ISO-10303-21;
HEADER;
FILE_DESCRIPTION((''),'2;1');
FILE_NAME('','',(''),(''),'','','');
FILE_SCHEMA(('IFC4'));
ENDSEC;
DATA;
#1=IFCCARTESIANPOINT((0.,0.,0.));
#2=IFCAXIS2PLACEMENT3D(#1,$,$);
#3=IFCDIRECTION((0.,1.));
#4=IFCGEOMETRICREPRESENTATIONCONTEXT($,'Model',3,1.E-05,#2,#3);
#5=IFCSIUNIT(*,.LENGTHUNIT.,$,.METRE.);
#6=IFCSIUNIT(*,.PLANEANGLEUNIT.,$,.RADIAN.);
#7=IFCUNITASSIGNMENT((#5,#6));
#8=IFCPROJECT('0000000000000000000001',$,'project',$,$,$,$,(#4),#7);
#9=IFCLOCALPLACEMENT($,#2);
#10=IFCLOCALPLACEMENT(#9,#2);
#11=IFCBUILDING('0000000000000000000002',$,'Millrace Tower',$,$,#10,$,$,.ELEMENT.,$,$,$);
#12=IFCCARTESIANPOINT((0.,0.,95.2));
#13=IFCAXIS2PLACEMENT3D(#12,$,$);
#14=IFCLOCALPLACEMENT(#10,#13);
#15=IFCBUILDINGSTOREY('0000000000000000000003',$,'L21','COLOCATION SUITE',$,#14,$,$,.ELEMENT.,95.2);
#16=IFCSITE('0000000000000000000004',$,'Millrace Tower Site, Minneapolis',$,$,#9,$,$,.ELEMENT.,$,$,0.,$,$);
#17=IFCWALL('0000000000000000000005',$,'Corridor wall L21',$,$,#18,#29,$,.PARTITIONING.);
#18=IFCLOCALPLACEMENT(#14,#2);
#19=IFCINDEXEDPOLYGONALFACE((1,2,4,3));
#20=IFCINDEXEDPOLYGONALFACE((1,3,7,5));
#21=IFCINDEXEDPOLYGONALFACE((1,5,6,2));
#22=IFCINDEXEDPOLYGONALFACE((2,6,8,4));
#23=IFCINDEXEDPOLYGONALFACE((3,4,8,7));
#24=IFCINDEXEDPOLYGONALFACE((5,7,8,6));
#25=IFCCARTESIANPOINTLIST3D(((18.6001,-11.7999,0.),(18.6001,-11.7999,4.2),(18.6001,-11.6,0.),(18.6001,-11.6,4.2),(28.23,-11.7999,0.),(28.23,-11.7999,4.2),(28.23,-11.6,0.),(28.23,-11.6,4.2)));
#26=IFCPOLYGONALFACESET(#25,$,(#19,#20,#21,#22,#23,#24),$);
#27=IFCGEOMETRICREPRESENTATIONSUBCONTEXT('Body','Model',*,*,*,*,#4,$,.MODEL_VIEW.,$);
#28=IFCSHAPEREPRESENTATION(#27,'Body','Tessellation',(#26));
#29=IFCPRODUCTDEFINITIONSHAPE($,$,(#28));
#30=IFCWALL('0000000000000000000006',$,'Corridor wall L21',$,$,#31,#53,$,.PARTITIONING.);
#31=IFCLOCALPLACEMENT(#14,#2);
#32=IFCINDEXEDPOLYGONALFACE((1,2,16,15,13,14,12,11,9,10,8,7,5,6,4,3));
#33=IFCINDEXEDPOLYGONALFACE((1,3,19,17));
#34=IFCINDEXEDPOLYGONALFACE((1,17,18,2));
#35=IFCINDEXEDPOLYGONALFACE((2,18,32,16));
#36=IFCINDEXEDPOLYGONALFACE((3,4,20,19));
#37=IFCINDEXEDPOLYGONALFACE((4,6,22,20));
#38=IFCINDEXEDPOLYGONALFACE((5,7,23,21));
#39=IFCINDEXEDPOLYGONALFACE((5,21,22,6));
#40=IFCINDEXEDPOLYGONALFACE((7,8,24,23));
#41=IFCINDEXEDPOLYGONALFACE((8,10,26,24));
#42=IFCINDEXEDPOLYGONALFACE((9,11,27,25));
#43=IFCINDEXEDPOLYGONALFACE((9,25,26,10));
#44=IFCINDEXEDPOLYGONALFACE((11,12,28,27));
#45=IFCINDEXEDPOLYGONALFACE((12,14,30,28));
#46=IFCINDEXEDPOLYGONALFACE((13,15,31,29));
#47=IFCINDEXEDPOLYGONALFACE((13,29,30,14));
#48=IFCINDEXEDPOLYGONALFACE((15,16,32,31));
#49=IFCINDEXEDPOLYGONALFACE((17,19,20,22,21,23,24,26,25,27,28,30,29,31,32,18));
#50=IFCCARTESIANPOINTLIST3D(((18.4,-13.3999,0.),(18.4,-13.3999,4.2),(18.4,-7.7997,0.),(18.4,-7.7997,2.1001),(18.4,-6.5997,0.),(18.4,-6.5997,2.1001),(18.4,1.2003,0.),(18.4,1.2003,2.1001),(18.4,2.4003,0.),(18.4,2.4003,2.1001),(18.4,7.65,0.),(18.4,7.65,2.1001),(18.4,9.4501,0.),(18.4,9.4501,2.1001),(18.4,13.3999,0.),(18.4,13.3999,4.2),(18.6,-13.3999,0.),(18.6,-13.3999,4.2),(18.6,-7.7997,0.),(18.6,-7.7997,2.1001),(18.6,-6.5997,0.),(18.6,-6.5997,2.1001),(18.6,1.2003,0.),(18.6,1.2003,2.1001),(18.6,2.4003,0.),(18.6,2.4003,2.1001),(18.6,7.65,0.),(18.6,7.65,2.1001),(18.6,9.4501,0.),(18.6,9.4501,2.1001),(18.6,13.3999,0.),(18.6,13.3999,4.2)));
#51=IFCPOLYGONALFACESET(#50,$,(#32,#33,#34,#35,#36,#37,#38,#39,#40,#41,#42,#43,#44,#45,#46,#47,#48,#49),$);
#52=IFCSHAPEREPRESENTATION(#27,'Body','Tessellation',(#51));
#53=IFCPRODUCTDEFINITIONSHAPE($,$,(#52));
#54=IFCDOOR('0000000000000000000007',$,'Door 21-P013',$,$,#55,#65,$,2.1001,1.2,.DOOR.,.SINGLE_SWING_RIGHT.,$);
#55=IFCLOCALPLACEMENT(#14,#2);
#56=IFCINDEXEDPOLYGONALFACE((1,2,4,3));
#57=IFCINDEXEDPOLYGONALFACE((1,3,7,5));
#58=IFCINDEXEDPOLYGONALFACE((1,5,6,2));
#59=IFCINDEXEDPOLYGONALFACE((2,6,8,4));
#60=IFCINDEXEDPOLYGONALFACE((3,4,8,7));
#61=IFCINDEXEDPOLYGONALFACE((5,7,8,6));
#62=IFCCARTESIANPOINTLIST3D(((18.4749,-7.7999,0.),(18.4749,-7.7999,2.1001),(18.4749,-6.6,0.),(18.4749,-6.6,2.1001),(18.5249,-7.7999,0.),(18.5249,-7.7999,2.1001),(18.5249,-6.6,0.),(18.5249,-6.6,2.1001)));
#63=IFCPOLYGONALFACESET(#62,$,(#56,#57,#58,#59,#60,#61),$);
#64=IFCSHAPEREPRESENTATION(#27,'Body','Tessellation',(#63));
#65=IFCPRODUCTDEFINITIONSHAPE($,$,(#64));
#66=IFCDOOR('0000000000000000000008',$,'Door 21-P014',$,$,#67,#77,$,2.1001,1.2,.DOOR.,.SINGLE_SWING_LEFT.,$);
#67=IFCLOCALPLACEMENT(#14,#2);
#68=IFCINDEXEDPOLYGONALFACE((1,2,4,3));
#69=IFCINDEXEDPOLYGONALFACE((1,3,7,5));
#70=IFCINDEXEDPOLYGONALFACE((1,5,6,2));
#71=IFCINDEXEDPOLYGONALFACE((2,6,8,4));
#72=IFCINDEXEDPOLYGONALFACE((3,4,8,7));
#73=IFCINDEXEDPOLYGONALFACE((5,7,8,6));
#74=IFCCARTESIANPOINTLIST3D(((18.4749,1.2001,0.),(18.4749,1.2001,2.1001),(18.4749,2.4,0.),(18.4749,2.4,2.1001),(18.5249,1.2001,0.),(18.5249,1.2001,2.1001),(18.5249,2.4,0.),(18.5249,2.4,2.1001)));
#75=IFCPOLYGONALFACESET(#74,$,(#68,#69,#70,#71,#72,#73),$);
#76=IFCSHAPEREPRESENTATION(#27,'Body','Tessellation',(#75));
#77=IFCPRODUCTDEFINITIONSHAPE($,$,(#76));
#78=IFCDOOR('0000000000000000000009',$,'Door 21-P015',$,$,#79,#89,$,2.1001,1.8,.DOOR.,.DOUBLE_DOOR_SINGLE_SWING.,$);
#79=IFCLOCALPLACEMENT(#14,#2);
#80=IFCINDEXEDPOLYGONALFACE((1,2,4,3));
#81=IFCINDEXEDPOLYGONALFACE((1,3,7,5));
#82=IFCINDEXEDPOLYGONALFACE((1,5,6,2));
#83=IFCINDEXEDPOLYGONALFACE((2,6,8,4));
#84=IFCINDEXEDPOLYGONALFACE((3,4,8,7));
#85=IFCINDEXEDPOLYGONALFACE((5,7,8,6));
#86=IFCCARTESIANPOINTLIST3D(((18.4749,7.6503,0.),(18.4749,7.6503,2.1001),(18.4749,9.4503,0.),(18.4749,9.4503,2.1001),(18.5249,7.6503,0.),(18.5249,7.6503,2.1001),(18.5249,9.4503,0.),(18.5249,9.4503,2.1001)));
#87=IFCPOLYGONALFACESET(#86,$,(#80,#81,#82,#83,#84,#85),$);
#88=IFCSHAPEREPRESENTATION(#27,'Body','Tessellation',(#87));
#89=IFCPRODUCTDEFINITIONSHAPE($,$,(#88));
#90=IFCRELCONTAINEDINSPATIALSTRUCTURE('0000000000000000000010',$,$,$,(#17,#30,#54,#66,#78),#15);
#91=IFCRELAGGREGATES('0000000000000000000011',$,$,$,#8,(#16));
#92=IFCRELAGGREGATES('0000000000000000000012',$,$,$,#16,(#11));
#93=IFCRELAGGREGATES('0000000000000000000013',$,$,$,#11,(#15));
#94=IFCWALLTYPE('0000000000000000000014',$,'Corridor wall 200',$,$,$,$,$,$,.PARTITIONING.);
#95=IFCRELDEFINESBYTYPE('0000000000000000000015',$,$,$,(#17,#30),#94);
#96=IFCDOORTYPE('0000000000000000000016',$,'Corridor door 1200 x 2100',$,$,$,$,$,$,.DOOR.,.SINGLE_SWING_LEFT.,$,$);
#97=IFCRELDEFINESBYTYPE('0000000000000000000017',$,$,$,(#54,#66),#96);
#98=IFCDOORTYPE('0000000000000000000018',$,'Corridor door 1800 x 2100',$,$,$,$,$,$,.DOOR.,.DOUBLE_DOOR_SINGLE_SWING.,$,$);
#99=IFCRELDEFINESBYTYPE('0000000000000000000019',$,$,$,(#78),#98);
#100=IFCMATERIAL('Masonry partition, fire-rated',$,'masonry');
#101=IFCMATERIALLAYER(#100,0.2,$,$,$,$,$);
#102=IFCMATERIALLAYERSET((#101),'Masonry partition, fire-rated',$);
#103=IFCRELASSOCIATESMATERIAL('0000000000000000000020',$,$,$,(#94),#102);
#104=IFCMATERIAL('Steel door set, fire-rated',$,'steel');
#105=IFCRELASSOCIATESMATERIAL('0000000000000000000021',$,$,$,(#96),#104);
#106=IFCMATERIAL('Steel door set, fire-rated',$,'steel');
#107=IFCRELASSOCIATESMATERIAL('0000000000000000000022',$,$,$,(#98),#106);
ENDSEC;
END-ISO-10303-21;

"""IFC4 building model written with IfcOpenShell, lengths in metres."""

from ifc_helpers import new_model, si_unit, direction, frame, frame_2d, origin, place, context, subcontext, project, spatial, rectangle, extrude, material, layer, layer_set, type_object, element, fill, save


model = new_model("IFC4")

# Units and contexts
model_context = context("Model", 3, precision=1e-05, world=origin(), true_north=direction((0.0, 1.0)))
body_context = subcontext(model_context, "Body", "Model", "MODEL_VIEW")
ifc_project = project(units=[si_unit("LENGTHUNIT", "METRE"), si_unit("PLANEANGLEUNIT", "RADIAN")], contexts=[model_context])

# Site, building, storey
site_placement = place(None, origin())
site = spatial("IfcSite", under=ifc_project, at=site_placement, Name="Millrace Tower Site, Minneapolis", CompositionType="ELEMENT", RefElevation=0.0)
building_placement = place(site_placement, origin())
building = spatial("IfcBuilding", under=site, at=building_placement, Name="Millrace Tower", CompositionType="ELEMENT")
storey_placement = place(building_placement, frame((0.0, 0.0, 95.2)))
storey = spatial("IfcBuildingStorey", under=building, at=storey_placement, Name="L21", Description="COLOCATION SUITE", CompositionType="ELEMENT", Elevation=95.2)

# Wall
ifc_material_1 = material(Name="Masonry partition, fire-rated", Category="masonry")
ifc_layer_1 = layer(ifc_material_1, 0.2)
ifc_layer_set_1 = layer_set([ifc_layer_1], Name="Masonry partition, fire-rated")
wall_type = type_object("IfcWallType", Name="Corridor wall 200", PredefinedType="PARTITIONING", material=ifc_layer_set_1)
wall_1_placement = place(storey_placement, frame((18.6001, -11.7, 0.0), z_axis=(0.0, 0.0, 1.0), x_axis=(1.0, 0.0, 0.0)))
element("IfcWall", 1, at=wall_1_placement, inside=storey, type_object=wall_type, Name="Corridor wall L21", PredefinedType="PARTITIONING", context=body_context, shape_type="SweptSolid", body=[
    extrude(rectangle(XDim=9.6299, YDim=0.2, at=frame_2d((4.8149, 0.0))), origin(), (0.0, 0.0, 1.0), 4.2),
])

# Wall, openings, doors
wall_2_placement = place(storey_placement, frame((18.5, -13.3999, 0.0), z_axis=(0.0, 0.0, 1.0), x_axis=(0.0, 1.0, 0.0)))
wall_2 = element("IfcWall", 2, at=wall_2_placement, inside=storey, type_object=wall_type, Name="Corridor wall L21", PredefinedType="PARTITIONING", context=body_context, shape_type="SweptSolid", body=[
    extrude(rectangle(XDim=26.7998, YDim=0.2, at=frame_2d((13.3999, 0.0))), origin(), (0.0, 0.0, 1.0), 4.2),
])
opening_1_placement = place(wall_2_placement, frame((5.6001, 0.0, 0.0)))
opening_1 = element("IfcOpeningElement", 3, at=opening_1_placement, cuts=wall_2, PredefinedType="OPENING", context=body_context, shape_type="SweptSolid", body=[
    extrude(rectangle(XDim=1.2, YDim=2.1001, at=frame_2d((0.6001, 1.05))), frame((0.0, 0.1099, 0.0), z_axis=(0.0, -1.0, 0.0), x_axis=(1.0, 0.0, 0.0)), (0.0, 0.0, 1.0), 0.22),
])
opening_2_placement = place(wall_2_placement, frame((14.6001, 0.0, 0.0)))
opening_2 = element("IfcOpeningElement", 4, at=opening_2_placement, cuts=wall_2, PredefinedType="OPENING", context=body_context, shape_type="SweptSolid", body=[
    extrude(rectangle(XDim=1.2, YDim=2.1001, at=frame_2d((0.6001, 1.05))), frame((0.0, 0.1099, 0.0), z_axis=(0.0, -1.0, 0.0), x_axis=(1.0, 0.0, 0.0)), (0.0, 0.0, 1.0), 0.22),
])
opening_3_placement = place(wall_2_placement, frame((21.05, 0.0, 0.0)))
opening_3 = element("IfcOpeningElement", 5, at=opening_3_placement, cuts=wall_2, PredefinedType="OPENING", context=body_context, shape_type="SweptSolid", body=[
    extrude(rectangle(XDim=1.8, YDim=2.1001, at=frame_2d((0.8999, 1.05))), frame((0.0, 0.1099, 0.0), z_axis=(0.0, -1.0, 0.0), x_axis=(1.0, 0.0, 0.0)), (0.0, 0.0, 1.0), 0.22),
])
ifc_material_2 = material(Name="Steel door set, fire-rated", Category="steel")
door_type_1 = type_object("IfcDoorType", Name="Corridor door 1200 x 2100", OperationType="SINGLE_SWING_LEFT", PredefinedType="DOOR", material=ifc_material_2)
door_1_placement = place(opening_1_placement, frame((1.2, 0.0, 0.0), z_axis=(0.0, 0.0, 1.0), x_axis=(-1.0, 0.0, 0.0)))
door_1 = element("IfcDoor", 6, at=door_1_placement, inside=storey, type_object=door_type_1, Name="Door 21-P013", OperationType="SINGLE_SWING_RIGHT", OverallHeight=2.1001, OverallWidth=1.2, PredefinedType="DOOR", context=body_context, shape_type="SweptSolid", body=[
    extrude(rectangle(XDim=1.2, YDim=2.1001, at=frame_2d((0.6001, 1.05))), frame((0.0, 0.0249, 0.0), z_axis=(0.0, -1.0, 0.0), x_axis=(1.0, 0.0, 0.0)), (0.0, 0.0, 1.0), 0.05),
])
fill(opening_1, door_1)
door_2_placement = place(opening_2_placement, frame((1.2, 0.0, 0.0), z_axis=(0.0, 0.0, 1.0), x_axis=(-1.0, 0.0, 0.0)))
door_2 = element("IfcDoor", 7, at=door_2_placement, inside=storey, type_object=door_type_1, Name="Door 21-P014", OperationType="SINGLE_SWING_LEFT", OverallHeight=2.1001, OverallWidth=1.2, PredefinedType="DOOR", context=body_context, shape_type="SweptSolid", body=[
    extrude(rectangle(XDim=1.2, YDim=2.1001, at=frame_2d((0.6001, 1.05))), frame((0.0, 0.0249, 0.0), z_axis=(0.0, -1.0, 0.0), x_axis=(1.0, 0.0, 0.0)), (0.0, 0.0, 1.0), 0.05),
])
fill(opening_2, door_2)
ifc_material_3 = material(Name="Steel door set, fire-rated", Category="steel")
door_type_2 = type_object("IfcDoorType", Name="Corridor door 1800 x 2100", OperationType="DOUBLE_DOOR_SINGLE_SWING", PredefinedType="DOOR", material=ifc_material_3)
door_3_placement = place(opening_3_placement, frame((1.8, 0.0, 0.0), z_axis=(0.0, 0.0, 1.0), x_axis=(-1.0, 0.0, 0.0)))
door_3 = element("IfcDoor", 8, at=door_3_placement, inside=storey, type_object=door_type_2, Name="Door 21-P015", OperationType="DOUBLE_DOOR_SINGLE_SWING", OverallHeight=2.1001, OverallWidth=1.8, PredefinedType="DOOR", context=body_context, shape_type="SweptSolid", body=[
    extrude(rectangle(XDim=1.8, YDim=2.1001, at=frame_2d((0.8999, 1.05))), frame((0.0, 0.0249, 0.0), z_axis=(0.0, -1.0, 0.0), x_axis=(1.0, 0.0, 0.0)), (0.0, 0.0, 1.0), 0.05),
])
fill(opening_3, door_3)

save(model, "model.ifc")
